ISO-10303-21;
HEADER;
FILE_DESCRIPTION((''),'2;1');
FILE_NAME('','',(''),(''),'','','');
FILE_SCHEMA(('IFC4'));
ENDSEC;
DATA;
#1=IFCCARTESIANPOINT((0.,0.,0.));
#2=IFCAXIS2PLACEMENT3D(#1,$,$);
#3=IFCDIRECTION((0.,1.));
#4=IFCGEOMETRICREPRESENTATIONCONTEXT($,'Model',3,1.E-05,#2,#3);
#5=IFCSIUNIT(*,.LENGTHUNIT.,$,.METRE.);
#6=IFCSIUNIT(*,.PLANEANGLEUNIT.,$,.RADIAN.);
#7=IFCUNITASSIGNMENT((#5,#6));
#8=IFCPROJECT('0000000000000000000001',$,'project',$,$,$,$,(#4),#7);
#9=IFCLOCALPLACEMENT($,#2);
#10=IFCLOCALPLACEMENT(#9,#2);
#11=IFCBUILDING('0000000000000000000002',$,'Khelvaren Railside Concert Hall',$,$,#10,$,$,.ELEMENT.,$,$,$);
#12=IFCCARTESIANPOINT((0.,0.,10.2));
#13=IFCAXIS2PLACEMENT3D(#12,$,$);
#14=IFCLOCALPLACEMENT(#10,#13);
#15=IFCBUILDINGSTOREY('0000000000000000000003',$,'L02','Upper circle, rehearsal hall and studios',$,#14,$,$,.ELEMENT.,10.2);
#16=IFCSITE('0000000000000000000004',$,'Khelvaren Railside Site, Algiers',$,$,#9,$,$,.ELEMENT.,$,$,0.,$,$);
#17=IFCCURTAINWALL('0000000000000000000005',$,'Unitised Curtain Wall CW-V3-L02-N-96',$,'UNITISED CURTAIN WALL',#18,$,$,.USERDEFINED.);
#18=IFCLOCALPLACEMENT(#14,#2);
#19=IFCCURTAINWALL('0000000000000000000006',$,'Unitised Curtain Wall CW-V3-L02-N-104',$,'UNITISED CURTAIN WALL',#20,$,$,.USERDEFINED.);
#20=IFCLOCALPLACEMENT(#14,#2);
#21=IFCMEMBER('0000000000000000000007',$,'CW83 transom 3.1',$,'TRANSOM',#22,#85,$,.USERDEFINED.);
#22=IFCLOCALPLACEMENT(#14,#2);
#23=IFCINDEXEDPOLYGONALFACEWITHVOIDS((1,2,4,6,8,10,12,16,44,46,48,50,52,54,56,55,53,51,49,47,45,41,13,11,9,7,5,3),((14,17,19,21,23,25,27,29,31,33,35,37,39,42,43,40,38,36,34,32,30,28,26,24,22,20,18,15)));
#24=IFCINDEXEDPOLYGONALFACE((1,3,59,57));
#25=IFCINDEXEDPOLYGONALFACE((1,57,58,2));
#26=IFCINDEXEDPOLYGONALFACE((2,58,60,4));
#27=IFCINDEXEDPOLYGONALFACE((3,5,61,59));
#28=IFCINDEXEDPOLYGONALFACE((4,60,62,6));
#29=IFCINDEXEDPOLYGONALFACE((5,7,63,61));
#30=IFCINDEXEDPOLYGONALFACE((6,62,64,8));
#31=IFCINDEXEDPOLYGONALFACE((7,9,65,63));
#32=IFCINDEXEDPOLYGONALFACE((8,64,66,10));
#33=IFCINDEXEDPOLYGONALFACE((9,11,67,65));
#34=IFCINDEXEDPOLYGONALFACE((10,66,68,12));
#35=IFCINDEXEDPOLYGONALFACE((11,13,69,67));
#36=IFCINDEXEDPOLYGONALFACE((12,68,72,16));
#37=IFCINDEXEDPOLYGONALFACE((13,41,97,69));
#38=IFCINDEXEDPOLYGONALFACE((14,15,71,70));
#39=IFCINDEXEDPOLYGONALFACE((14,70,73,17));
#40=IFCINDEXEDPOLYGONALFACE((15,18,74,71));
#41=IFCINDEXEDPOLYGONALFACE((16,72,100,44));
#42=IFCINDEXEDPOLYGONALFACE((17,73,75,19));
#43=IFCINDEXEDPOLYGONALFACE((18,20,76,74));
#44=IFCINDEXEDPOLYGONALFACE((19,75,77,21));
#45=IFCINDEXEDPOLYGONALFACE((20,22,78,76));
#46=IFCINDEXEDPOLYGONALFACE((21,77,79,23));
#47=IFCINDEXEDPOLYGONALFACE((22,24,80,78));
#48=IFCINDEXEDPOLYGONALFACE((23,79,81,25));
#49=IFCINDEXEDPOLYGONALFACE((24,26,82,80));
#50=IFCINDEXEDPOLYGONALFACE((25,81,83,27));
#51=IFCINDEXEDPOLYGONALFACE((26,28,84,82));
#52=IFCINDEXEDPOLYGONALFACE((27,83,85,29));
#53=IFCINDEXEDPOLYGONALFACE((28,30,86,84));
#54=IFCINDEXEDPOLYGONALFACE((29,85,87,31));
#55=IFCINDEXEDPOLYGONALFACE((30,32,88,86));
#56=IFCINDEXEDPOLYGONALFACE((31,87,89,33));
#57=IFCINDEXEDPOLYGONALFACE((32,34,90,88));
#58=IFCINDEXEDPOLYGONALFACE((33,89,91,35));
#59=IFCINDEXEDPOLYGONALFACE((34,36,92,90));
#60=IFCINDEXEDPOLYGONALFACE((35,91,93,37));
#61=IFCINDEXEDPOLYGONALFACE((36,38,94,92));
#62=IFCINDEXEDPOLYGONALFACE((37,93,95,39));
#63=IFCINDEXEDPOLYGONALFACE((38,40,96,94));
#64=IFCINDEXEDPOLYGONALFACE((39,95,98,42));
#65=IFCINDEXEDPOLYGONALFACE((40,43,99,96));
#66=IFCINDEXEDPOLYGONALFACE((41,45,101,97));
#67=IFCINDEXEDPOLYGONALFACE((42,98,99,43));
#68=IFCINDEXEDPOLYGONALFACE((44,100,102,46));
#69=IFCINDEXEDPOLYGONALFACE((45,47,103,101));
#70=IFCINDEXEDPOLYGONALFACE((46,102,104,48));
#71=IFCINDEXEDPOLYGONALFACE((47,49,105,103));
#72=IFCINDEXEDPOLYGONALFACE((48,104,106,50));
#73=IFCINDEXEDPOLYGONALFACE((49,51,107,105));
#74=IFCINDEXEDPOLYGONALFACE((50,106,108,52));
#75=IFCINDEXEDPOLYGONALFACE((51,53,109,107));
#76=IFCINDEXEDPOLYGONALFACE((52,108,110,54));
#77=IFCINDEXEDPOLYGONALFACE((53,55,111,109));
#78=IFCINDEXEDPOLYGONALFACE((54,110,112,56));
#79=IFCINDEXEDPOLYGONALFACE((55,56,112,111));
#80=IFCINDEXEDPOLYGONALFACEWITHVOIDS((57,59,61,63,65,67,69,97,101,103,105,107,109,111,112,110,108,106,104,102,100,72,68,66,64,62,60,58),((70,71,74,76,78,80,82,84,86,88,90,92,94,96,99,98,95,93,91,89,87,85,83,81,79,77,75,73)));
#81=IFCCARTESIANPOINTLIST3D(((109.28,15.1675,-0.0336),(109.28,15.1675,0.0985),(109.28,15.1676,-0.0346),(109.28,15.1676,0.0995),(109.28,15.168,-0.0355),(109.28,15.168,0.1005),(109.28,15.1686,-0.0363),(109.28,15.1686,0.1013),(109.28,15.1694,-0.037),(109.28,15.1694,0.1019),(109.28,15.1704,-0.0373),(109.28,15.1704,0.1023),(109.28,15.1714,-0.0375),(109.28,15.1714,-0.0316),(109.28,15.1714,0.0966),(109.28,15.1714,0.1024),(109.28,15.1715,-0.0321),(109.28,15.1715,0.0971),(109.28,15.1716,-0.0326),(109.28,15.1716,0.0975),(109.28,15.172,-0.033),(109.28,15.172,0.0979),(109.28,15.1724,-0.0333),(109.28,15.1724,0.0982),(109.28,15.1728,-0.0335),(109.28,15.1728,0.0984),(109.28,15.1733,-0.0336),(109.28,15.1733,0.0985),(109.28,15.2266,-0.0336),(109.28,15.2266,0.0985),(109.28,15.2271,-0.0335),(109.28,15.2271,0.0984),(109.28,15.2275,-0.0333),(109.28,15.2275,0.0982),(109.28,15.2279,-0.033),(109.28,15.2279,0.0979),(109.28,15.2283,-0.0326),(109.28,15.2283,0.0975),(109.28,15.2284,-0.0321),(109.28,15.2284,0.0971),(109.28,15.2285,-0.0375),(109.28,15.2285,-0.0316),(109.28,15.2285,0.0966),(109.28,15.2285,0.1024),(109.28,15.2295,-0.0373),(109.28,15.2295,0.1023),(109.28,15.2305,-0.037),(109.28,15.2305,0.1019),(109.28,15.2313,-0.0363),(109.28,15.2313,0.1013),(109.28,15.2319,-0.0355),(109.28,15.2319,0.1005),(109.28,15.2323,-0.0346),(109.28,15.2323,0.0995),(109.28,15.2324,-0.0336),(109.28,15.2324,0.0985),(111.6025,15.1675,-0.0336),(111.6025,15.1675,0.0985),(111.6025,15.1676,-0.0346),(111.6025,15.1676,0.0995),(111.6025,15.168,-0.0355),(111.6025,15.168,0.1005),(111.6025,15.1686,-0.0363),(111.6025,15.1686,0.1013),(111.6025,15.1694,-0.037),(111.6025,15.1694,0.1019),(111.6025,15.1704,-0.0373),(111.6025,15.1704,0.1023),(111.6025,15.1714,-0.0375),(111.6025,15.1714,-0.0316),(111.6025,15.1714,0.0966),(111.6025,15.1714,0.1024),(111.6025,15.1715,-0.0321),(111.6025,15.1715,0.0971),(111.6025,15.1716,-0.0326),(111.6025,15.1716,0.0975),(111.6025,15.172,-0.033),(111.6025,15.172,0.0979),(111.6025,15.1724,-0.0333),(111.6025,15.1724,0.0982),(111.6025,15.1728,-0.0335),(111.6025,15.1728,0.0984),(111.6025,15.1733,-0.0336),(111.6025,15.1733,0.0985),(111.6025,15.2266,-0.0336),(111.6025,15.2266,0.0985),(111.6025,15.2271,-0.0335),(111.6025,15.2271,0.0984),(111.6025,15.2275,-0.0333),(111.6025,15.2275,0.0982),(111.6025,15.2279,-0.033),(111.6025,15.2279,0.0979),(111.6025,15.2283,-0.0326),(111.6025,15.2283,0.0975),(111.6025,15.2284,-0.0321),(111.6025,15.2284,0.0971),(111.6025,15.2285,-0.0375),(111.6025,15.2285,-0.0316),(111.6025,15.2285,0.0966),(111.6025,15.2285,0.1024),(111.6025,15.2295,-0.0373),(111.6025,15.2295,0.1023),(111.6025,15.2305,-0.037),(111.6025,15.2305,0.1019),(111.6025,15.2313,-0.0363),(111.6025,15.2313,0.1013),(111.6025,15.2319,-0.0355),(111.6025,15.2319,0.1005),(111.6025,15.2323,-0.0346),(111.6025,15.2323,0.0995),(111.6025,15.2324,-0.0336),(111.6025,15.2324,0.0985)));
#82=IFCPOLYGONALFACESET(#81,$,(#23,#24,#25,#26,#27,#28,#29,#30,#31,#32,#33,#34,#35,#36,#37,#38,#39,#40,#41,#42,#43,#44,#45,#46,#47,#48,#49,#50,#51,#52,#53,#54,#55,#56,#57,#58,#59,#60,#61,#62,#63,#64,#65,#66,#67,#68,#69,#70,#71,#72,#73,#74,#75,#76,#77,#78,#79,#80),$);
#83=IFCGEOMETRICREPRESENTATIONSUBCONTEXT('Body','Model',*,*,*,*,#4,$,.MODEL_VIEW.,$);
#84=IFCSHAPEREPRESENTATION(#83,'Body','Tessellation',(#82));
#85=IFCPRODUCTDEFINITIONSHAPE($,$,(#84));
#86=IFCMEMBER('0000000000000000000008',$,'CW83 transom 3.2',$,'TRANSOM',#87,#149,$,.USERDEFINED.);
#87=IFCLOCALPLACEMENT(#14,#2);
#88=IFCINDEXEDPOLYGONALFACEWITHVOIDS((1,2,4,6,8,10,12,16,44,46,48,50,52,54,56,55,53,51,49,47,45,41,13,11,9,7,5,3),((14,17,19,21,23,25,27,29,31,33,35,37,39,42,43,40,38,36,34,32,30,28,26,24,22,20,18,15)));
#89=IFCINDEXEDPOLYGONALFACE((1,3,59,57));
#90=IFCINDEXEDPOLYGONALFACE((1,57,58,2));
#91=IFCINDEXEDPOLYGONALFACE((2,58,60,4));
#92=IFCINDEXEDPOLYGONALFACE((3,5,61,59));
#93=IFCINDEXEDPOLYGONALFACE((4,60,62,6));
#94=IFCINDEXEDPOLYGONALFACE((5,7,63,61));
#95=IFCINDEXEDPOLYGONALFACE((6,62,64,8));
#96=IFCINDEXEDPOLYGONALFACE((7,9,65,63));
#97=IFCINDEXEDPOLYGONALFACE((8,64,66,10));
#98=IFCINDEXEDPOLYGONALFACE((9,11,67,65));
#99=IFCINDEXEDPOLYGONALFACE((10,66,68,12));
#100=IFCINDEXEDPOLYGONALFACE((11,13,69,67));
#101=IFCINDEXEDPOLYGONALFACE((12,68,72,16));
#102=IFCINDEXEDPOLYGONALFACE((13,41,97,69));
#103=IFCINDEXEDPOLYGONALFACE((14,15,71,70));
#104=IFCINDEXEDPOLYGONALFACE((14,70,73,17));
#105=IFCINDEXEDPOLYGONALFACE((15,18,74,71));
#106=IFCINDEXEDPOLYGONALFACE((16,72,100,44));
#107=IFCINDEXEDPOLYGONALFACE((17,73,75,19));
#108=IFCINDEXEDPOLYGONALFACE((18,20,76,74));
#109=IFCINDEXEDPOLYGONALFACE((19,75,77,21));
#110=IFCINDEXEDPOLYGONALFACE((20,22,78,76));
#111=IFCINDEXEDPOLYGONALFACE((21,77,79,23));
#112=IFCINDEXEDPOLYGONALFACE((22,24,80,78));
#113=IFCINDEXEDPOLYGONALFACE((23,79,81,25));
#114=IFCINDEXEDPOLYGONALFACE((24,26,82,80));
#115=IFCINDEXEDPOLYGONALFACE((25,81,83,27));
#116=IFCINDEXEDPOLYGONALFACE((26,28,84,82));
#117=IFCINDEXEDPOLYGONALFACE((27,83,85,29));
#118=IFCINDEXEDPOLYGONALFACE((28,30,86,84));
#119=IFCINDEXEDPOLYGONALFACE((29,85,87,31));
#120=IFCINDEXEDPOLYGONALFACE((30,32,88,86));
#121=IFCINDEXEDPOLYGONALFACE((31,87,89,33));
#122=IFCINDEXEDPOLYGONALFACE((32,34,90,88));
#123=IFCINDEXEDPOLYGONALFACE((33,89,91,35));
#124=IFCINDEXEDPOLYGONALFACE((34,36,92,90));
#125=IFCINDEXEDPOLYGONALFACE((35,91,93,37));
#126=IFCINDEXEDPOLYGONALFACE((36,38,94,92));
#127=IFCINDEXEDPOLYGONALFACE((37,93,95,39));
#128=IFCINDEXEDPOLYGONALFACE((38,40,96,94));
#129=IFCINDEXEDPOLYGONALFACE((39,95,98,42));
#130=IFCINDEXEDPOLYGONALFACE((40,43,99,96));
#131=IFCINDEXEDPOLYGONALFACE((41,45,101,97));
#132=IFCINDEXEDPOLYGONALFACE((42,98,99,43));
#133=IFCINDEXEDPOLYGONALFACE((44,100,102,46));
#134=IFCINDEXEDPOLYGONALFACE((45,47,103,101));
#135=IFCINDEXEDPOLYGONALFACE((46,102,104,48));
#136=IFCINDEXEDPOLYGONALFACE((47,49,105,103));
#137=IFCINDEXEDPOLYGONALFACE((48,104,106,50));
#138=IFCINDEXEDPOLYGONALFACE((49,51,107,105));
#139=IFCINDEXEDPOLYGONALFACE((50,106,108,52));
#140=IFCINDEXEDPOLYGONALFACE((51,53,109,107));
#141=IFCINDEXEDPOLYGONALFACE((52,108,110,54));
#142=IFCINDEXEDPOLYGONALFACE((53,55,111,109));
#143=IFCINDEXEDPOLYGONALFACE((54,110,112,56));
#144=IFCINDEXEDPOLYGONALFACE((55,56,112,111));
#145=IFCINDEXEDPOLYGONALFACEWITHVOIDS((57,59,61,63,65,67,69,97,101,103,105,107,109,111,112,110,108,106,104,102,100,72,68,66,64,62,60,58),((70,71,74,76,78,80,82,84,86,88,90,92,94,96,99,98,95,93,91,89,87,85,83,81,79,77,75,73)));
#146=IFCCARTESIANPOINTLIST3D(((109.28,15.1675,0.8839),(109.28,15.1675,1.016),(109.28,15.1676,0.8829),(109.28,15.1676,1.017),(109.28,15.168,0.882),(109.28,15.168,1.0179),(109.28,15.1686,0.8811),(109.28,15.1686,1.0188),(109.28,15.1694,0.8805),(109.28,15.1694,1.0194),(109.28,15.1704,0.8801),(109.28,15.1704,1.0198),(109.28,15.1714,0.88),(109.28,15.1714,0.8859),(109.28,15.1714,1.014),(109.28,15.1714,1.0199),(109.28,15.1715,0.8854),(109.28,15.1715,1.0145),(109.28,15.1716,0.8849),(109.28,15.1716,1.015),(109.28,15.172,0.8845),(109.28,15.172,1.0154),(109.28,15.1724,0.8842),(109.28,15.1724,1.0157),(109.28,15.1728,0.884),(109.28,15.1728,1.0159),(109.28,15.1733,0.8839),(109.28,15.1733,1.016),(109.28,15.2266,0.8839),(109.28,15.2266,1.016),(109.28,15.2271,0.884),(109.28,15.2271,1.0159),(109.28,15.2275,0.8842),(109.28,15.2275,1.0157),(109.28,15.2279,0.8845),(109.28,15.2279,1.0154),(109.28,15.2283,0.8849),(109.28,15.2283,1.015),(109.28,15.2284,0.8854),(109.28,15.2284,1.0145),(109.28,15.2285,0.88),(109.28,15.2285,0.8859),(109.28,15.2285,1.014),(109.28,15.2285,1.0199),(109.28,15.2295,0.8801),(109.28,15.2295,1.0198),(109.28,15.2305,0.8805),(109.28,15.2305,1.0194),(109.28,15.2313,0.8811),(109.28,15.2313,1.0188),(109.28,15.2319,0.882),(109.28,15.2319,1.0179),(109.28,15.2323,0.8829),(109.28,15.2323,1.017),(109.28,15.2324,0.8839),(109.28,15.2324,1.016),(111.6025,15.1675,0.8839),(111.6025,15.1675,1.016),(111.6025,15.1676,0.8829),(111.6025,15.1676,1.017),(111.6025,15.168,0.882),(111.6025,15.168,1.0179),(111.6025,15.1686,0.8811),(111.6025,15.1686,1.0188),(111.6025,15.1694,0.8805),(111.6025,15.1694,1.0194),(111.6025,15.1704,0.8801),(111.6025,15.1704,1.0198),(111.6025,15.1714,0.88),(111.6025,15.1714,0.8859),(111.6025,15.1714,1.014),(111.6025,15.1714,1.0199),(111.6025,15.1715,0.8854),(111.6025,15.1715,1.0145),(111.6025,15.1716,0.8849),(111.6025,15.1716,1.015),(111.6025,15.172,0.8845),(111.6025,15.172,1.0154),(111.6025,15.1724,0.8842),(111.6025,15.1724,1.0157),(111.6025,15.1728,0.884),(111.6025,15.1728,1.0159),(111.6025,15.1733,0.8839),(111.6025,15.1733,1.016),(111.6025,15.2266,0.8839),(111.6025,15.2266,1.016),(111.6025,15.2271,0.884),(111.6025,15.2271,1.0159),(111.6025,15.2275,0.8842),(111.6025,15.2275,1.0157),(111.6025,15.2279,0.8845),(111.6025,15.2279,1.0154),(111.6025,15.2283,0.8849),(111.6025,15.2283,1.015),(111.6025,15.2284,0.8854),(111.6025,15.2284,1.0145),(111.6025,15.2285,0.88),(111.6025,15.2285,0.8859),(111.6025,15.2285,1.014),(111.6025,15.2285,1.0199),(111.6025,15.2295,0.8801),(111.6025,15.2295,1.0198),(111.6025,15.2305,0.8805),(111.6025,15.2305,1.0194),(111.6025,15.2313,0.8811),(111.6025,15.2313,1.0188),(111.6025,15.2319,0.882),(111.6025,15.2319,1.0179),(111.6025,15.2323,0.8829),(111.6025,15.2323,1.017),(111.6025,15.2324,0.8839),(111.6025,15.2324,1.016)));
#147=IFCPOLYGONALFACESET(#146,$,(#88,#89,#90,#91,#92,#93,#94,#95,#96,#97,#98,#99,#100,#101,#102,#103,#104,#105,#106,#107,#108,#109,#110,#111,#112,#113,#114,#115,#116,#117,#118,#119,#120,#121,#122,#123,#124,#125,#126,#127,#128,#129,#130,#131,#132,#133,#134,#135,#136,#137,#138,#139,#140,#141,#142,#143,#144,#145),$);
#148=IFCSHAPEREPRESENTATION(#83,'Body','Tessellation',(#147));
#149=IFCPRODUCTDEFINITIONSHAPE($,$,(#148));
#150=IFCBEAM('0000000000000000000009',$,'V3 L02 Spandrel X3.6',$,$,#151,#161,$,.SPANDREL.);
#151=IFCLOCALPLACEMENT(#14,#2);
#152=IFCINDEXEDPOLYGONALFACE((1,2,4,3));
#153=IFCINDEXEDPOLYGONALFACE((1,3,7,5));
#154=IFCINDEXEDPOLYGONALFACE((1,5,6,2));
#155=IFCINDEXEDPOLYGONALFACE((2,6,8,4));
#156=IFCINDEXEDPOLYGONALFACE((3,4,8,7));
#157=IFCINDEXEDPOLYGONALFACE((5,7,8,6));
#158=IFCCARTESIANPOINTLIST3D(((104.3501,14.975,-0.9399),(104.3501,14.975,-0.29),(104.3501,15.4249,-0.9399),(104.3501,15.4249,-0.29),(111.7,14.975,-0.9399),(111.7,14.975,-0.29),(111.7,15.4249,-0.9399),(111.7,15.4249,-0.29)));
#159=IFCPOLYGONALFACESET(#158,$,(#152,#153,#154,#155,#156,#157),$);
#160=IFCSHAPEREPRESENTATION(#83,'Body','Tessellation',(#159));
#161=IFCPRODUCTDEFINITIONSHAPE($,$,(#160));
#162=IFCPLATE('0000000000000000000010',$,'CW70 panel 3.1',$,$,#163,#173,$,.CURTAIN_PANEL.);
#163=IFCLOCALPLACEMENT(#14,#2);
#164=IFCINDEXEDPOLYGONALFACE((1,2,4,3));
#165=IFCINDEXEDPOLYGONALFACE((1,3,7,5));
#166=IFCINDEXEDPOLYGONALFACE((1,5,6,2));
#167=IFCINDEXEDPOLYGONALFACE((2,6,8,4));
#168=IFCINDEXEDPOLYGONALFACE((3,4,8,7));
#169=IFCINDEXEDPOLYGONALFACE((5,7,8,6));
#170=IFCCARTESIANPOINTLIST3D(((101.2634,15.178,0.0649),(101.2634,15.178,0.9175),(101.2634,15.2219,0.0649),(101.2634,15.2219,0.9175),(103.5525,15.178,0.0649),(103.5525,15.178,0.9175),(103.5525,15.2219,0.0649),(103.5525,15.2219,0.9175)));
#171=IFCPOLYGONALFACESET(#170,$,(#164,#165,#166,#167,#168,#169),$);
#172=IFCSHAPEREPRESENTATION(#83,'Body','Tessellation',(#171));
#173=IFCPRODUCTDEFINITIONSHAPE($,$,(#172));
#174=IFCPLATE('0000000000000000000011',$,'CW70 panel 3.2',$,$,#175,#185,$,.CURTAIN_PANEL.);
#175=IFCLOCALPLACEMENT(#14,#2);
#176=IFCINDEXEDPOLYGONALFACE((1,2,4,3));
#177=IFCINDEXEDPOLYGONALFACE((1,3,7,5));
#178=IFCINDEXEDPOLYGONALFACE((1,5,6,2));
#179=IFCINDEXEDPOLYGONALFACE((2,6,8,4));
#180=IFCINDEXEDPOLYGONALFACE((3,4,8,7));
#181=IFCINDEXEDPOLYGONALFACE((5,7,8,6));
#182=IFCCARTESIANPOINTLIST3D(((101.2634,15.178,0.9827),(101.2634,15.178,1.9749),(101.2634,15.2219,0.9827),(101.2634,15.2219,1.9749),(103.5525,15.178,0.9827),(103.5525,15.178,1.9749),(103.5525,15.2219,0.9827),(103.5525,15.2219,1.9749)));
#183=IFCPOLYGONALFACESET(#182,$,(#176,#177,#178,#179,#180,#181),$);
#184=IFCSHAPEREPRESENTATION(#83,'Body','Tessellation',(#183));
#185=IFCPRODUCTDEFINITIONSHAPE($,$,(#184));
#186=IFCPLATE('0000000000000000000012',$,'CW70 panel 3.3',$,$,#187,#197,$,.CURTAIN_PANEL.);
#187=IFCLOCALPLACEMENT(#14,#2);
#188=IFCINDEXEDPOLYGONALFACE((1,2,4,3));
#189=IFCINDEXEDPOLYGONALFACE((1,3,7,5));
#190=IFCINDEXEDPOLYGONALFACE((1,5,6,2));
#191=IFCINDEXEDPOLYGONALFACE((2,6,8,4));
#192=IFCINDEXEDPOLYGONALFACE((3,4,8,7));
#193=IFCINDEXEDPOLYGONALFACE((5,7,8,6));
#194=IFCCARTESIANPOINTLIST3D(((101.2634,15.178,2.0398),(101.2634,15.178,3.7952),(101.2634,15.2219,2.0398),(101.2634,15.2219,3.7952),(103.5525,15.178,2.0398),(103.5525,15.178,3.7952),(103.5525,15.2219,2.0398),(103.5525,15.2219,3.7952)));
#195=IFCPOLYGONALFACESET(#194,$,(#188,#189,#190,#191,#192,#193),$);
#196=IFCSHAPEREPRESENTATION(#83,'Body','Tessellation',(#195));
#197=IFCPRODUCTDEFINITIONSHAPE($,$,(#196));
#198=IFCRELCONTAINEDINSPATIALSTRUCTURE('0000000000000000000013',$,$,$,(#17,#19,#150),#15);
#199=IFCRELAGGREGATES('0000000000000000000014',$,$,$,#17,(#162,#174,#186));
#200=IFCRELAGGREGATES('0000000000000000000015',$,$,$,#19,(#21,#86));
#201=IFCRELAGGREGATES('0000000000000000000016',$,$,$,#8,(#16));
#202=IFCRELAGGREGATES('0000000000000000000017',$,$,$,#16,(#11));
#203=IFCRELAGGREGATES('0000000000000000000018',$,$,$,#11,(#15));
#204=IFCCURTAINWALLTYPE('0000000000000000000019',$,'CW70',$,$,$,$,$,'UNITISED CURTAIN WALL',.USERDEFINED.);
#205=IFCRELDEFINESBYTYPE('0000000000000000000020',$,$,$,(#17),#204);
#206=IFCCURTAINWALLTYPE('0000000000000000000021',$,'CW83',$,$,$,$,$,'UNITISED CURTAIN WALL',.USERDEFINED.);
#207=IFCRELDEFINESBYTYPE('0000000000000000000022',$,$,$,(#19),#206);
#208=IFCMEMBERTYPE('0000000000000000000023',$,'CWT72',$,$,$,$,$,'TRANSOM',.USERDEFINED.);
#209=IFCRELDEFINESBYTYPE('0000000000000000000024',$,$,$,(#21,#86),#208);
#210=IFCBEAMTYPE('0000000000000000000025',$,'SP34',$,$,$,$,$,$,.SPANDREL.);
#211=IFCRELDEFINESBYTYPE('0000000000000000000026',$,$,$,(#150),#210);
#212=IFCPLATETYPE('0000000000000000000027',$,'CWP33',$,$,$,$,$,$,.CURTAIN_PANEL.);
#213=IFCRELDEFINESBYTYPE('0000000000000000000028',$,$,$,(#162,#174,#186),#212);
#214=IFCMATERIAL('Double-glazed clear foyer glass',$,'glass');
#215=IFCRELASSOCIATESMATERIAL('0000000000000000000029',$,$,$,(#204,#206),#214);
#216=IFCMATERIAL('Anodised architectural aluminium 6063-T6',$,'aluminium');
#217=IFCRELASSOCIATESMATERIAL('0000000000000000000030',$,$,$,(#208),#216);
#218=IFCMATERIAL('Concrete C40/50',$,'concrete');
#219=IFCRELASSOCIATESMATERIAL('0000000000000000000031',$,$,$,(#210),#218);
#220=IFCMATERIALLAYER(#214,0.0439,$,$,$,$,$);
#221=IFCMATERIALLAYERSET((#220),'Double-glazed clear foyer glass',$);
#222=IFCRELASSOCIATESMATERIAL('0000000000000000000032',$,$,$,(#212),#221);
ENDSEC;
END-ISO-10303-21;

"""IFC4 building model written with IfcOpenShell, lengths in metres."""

from ifc_helpers import new_model, si_unit, direction, frame, origin, origin_2d, place, context, subcontext, project, spatial, rectangle, hollow_rectangle, extrude, material, layer, layer_set, material_profile, profile_set, type_object, element, aggregate, save


model = new_model("IFC4")

# Units and contexts
model_context = context("Model", 3, precision=1e-05, world=origin(), true_north=direction((0.0, 1.0)))
body_context = subcontext(model_context, "Body", "Model", "MODEL_VIEW")
ifc_project = project(units=[si_unit("LENGTHUNIT", "METRE"), si_unit("PLANEANGLEUNIT", "RADIAN")], contexts=[model_context])

# Site, building, storey
site_placement = place(None, origin())
site = spatial("IfcSite", under=ifc_project, at=site_placement, Name="Khelvaren Railside Site, Algiers", CompositionType="ELEMENT", RefElevation=0.0)
building_placement = place(site_placement, origin())
building = spatial("IfcBuilding", under=site, at=building_placement, Name="Khelvaren Railside Concert Hall", CompositionType="ELEMENT")
storey_placement = place(building_placement, frame((0.0, 0.0, 10.2)))
storey = spatial("IfcBuildingStorey", under=building, at=storey_placement, Name="L02", Description="Upper circle, rehearsal hall and studios", CompositionType="ELEMENT", Elevation=10.2)

# Curtain wall
ifc_material_1 = material(Name="Double-glazed clear foyer glass", Category="glass")
curtain_wall_type_1 = type_object("IfcCurtainWallType", Name="CW70", ElementType="UNITISED CURTAIN WALL", PredefinedType="USERDEFINED", material=ifc_material_1)
curtain_wall_1_placement = place(storey_placement, origin())
curtain_wall_1 = element("IfcCurtainWall", 1, at=curtain_wall_1_placement, inside=storey, type_object=curtain_wall_type_1, Name="Unitised Curtain Wall CW-V3-L02-N-96", ObjectType="UNITISED CURTAIN WALL", PredefinedType="USERDEFINED")
ifc_material_2 = material(Name="Anodised architectural aluminium 6063-T6", Category="aluminium")

# Curtain wall, members
curtain_wall_type_2 = type_object("IfcCurtainWallType", Name="CW83", ElementType="UNITISED CURTAIN WALL", PredefinedType="USERDEFINED", material=ifc_material_1)
curtain_wall_2_placement = place(storey_placement, origin())
curtain_wall_2 = element("IfcCurtainWall", 2, at=curtain_wall_2_placement, inside=storey, type_object=curtain_wall_type_2, Name="Unitised Curtain Wall CW-V3-L02-N-104", ObjectType="UNITISED CURTAIN WALL", PredefinedType="USERDEFINED")
ifc_material_profile_1 = material_profile(ifc_material_2, hollow_rectangle(XDim=0.0649, YDim=0.1399, WallThickness=0.0039, InnerFilletRadius=0.002, OuterFilletRadius=0.0039, at=origin_2d()), Name="CWT 65x140x4")
ifc_profile_set_1 = profile_set([ifc_material_profile_1], Name="Anodised architectural aluminium 6063-T6")
member_type_1 = type_object("IfcMemberType", Name="CWT72", ElementType="TRANSOM", PredefinedType="USERDEFINED", material=ifc_profile_set_1)
member_1_placement = place(storey_placement, frame((109.28, 15.2, 0.0325), z_axis=(1.0, 0.0, 0.0), x_axis=(0.0, 1.0, 0.0)))
member_1 = element("IfcMember", 3, at=member_1_placement, type_object=member_type_1, Name="CW83 transom 3.1", ObjectType="TRANSOM", PredefinedType="USERDEFINED", context=body_context, shape_type="SweptSolid", body=[
    extrude(hollow_rectangle(XDim=0.0649, YDim=0.1399, WallThickness=0.0039, InnerFilletRadius=0.002, OuterFilletRadius=0.0039, at=origin_2d()), origin(), (0.0, 0.0, 1.0), 2.3225),
])
member_2_placement = place(storey_placement, frame((109.28, 15.2, 0.95), z_axis=(1.0, 0.0, 0.0), x_axis=(0.0, 1.0, 0.0)))
member_2 = element("IfcMember", 4, at=member_2_placement, type_object=member_type_1, Name="CW83 transom 3.2", ObjectType="TRANSOM", PredefinedType="USERDEFINED", context=body_context, shape_type="SweptSolid", body=[
    extrude(hollow_rectangle(XDim=0.0649, YDim=0.1399, WallThickness=0.0039, InnerFilletRadius=0.002, OuterFilletRadius=0.0039, at=origin_2d()), origin(), (0.0, 0.0, 1.0), 2.3225),
])

# Beam
ifc_material_3 = material(Name="Concrete C40/50", Category="concrete")
ifc_material_profile_2 = material_profile(ifc_material_3, rectangle(XDim=0.45, YDim=0.6499, at=origin_2d()), Name="RCB 450x650")
ifc_profile_set_2 = profile_set([ifc_material_profile_2], Name="Concrete C40/50")
beam_type = type_object("IfcBeamType", Name="SP34", PredefinedType="SPANDREL", material=ifc_profile_set_2)
beam_placement = place(storey_placement, frame((104.3501, 15.2, -0.615), z_axis=(1.0, 0.0, 0.0), x_axis=(0.0, 1.0, 0.0)))
element("IfcBeam", 5, at=beam_placement, inside=storey, type_object=beam_type, Name="V3 L02 Spandrel X3.6", PredefinedType="SPANDREL", context=body_context, shape_type="SweptSolid", body=[
    extrude(rectangle(XDim=0.45, YDim=0.6499, at=origin_2d()), origin(), (0.0, 0.0, 1.0), 7.3499),
])

# Plates
ifc_layer = layer(ifc_material_1, 0.0439)
ifc_layer_set = layer_set([ifc_layer], Name="Double-glazed clear foyer glass")
plate_type = type_object("IfcPlateType", Name="CWP33", PredefinedType="CURTAIN_PANEL", material=ifc_layer_set)
plate_1_placement = place(storey_placement, frame((102.408, 15.2, 0.0649), z_axis=(0.0, 0.0, 1.0), x_axis=(1.0, 0.0, 0.0)))
plate_1 = element("IfcPlate", 6, at=plate_1_placement, type_object=plate_type, Name="CW70 panel 3.1", PredefinedType="CURTAIN_PANEL", context=body_context, shape_type="SweptSolid", body=[
    extrude(rectangle(XDim=2.2891, YDim=0.0439, at=origin_2d()), origin(), (0.0, 0.0, 1.0), 0.8525),
])
plate_2_placement = place(storey_placement, frame((102.408, 15.2, 0.9827), z_axis=(0.0, 0.0, 1.0), x_axis=(1.0, 0.0, 0.0)))
plate_2 = element("IfcPlate", 7, at=plate_2_placement, type_object=plate_type, Name="CW70 panel 3.2", PredefinedType="CURTAIN_PANEL", context=body_context, shape_type="SweptSolid", body=[
    extrude(rectangle(XDim=2.2891, YDim=0.0439, at=origin_2d()), origin(), (0.0, 0.0, 1.0), 0.9922),
])
plate_3_placement = place(storey_placement, frame((102.408, 15.2, 2.0398), z_axis=(0.0, 0.0, 1.0), x_axis=(1.0, 0.0, 0.0)))
plate_3 = element("IfcPlate", 8, at=plate_3_placement, type_object=plate_type, Name="CW70 panel 3.3", PredefinedType="CURTAIN_PANEL", context=body_context, shape_type="SweptSolid", body=[
    extrude(rectangle(XDim=2.2891, YDim=0.0439, at=origin_2d()), origin(), (0.0, 0.0, 1.0), 1.7554),
])
aggregate(curtain_wall_1, [plate_1, plate_2, plate_3])
aggregate(curtain_wall_2, [member_1, member_2])

save(model, "model.ifc")
